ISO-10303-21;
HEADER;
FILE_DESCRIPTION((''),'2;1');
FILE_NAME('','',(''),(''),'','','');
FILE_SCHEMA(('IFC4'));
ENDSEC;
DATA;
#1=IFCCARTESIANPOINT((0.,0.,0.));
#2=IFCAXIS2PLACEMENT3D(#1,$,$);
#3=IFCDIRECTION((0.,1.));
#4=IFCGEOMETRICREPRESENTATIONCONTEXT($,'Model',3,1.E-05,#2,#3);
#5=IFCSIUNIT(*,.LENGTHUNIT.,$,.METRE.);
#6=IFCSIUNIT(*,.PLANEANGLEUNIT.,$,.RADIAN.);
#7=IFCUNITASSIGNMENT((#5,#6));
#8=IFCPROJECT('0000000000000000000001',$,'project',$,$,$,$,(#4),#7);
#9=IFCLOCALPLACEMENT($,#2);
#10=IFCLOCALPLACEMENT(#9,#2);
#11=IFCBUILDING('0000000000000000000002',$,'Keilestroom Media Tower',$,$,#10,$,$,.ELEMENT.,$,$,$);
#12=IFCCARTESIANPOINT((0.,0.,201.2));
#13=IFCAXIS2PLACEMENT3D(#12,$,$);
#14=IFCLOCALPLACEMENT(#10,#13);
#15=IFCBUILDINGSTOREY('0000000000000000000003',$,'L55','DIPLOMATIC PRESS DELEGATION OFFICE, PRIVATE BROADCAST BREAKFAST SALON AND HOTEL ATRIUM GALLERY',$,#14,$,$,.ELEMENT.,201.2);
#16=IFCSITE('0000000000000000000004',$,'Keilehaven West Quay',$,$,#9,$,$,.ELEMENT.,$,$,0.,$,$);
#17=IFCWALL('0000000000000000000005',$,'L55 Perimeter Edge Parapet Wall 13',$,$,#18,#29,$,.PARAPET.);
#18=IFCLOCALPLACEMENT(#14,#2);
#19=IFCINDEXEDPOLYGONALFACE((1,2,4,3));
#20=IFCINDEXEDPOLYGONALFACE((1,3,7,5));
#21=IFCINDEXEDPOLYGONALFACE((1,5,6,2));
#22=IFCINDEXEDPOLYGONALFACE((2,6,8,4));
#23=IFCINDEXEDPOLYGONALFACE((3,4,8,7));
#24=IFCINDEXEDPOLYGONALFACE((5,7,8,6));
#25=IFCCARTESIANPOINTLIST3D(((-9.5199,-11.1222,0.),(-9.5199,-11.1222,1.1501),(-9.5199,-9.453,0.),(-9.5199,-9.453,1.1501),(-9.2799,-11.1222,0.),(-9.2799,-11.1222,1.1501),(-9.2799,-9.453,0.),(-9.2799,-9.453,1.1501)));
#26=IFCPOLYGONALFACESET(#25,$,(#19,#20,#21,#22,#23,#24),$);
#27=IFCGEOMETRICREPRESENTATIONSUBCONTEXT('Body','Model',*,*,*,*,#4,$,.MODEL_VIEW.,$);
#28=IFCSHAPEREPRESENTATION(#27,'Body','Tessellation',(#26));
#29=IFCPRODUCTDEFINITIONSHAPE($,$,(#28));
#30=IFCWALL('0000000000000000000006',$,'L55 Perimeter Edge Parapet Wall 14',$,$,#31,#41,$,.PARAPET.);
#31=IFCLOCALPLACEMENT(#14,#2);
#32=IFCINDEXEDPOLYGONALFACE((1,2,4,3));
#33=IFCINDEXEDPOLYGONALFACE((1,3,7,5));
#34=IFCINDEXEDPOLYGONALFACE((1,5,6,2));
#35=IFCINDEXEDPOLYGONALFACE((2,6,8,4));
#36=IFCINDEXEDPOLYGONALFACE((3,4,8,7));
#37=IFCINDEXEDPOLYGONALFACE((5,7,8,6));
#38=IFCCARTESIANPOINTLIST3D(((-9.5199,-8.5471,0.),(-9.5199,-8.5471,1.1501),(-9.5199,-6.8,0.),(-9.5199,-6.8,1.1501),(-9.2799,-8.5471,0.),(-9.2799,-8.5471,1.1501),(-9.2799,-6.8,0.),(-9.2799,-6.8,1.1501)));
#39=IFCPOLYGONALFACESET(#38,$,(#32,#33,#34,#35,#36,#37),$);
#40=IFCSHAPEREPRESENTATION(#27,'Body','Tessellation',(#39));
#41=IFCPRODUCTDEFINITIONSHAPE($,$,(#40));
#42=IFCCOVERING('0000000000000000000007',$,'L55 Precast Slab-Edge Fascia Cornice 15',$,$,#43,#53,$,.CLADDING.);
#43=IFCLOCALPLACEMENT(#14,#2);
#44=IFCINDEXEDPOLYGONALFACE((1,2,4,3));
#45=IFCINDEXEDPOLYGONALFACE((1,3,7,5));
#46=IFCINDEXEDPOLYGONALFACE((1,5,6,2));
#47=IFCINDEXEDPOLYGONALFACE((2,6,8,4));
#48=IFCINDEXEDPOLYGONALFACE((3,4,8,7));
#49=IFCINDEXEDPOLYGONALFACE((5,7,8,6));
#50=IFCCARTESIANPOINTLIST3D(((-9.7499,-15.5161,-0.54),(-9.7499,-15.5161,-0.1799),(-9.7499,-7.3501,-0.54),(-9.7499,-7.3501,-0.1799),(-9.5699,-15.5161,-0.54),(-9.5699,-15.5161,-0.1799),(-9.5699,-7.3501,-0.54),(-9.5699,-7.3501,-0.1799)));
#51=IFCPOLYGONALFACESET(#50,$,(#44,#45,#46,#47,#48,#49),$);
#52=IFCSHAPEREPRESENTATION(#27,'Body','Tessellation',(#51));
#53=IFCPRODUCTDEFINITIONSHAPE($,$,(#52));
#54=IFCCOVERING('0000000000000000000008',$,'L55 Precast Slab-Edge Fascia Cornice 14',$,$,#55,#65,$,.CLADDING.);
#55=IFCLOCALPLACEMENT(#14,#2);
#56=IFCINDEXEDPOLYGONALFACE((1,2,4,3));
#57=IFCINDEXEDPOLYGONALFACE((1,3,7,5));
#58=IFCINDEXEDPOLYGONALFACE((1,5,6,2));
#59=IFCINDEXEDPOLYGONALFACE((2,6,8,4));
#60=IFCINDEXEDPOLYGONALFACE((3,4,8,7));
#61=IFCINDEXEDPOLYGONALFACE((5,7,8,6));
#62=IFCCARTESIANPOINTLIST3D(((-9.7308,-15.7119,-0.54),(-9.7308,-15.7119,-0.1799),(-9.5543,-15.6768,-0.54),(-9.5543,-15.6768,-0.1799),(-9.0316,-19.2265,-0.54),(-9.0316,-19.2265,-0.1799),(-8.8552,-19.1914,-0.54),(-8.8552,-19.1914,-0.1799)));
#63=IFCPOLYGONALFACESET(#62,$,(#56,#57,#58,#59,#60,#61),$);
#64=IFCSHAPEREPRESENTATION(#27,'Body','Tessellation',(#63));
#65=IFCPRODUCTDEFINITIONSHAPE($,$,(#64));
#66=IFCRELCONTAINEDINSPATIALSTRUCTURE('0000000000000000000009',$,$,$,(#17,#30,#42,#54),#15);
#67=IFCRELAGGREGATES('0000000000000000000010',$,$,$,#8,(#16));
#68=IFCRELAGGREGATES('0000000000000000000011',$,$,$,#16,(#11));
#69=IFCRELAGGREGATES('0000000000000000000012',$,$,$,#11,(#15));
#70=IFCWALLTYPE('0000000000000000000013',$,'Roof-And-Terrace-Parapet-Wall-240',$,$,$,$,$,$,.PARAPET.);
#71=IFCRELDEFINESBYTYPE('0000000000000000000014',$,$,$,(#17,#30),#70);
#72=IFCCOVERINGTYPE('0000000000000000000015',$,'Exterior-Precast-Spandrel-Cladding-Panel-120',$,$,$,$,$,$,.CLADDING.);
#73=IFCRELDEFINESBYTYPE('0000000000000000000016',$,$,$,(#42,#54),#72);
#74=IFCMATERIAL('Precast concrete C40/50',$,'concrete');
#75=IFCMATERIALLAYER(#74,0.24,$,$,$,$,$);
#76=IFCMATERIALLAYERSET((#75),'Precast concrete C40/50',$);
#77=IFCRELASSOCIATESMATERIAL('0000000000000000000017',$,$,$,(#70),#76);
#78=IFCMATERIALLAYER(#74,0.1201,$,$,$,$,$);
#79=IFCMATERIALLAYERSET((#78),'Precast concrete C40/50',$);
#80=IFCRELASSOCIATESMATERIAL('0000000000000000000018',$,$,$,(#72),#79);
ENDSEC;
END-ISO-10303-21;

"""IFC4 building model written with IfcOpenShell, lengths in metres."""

from ifc_helpers import new_model, si_unit, direction, frame, frame_2d, origin, origin_2d, place, context, subcontext, project, spatial, rectangle, extrude, source, transform, mapped, material, layer, layer_set, type_object, element, save


model = new_model("IFC4")

# Units and contexts
model_context = context("Model", 3, precision=1e-05, world=origin(), true_north=direction((0.0, 1.0)))
body_context = subcontext(model_context, "Body", "Model", "MODEL_VIEW")
ifc_project = project(units=[si_unit("LENGTHUNIT", "METRE"), si_unit("PLANEANGLEUNIT", "RADIAN")], contexts=[model_context])

# Site, building, storey
site_placement = place(None, origin())
site = spatial("IfcSite", under=ifc_project, at=site_placement, Name="Keilehaven West Quay", CompositionType="ELEMENT", RefElevation=0.0)
building_placement = place(site_placement, origin())
building = spatial("IfcBuilding", under=site, at=building_placement, Name="Keilestroom Media Tower", CompositionType="ELEMENT")
storey_placement = place(building_placement, frame((0.0, 0.0, 201.2)))
storey = spatial("IfcBuildingStorey", under=building, at=storey_placement, Name="L55", Description="DIPLOMATIC PRESS DELEGATION OFFICE, PRIVATE BROADCAST BREAKFAST SALON AND HOTEL ATRIUM GALLERY", CompositionType="ELEMENT", Elevation=201.2)

# Shared definitions
ifc_material_1 = material(Name="Precast concrete C40/50", Category="concrete")

# Walls
ifc_layer_1 = layer(ifc_material_1, 0.24)
ifc_layer_set_1 = layer_set([ifc_layer_1], Name="Precast concrete C40/50")
wall_type_1 = type_object("IfcWallType", Name="Roof-And-Terrace-Parapet-Wall-240", PredefinedType="PARAPET", material=ifc_layer_set_1)
wall_1_placement = place(storey_placement, frame((-9.3999, -11.1221, 0.0), z_axis=(0.0, 0.0, 1.0), x_axis=(0.0, 1.0, 0.0)))
element("IfcWall", 1, at=wall_1_placement, inside=storey, type_object=wall_type_1, Name="L55 Perimeter Edge Parapet Wall 13", PredefinedType="PARAPET", context=body_context, shape_type="SweptSolid", body=[
    extrude(rectangle(XDim=1.6692, YDim=0.24, at=frame_2d((0.8345, 0.0))), origin(), (0.0, 0.0, 1.0), 1.1501),
])
wall_2_placement = place(storey_placement, frame((-9.3999, -8.5471, 0.0), z_axis=(0.0, 0.0, 1.0), x_axis=(0.0, 1.0, 0.0)))
element("IfcWall", 2, at=wall_2_placement, inside=storey, type_object=wall_type_1, Name="L55 Perimeter Edge Parapet Wall 14", PredefinedType="PARAPET", context=body_context, shape_type="SweptSolid", body=[
    extrude(rectangle(XDim=1.7471, YDim=0.24, at=frame_2d((0.8735, 0.0))), origin(), (0.0, 0.0, 1.0), 1.1501),
])

# Coverings
ifc_layer_2 = layer(ifc_material_1, 0.1201)
ifc_layer_set_2 = layer_set([ifc_layer_2], Name="Precast concrete C40/50")
covering_type = type_object("IfcCoveringType", Name="Exterior-Precast-Spandrel-Cladding-Panel-120", PredefinedType="CLADDING", material=ifc_layer_set_2)
shared_shape_1 = source(origin(), body_context, "Body", "SweptSolid", [
    extrude(rectangle(XDim=8.166, YDim=0.1799, at=origin_2d()), origin(), (0.0, 0.0, 1.0), 0.3601),
])
covering_1_placement = place(storey_placement, frame((-9.6599, -11.4331, -0.54), z_axis=(0.0, 0.0, 1.0), x_axis=(0.0, 1.0, 0.0)))
element("IfcCovering", 3, at=covering_1_placement, inside=storey, type_object=covering_type, Name="L55 Precast Slab-Edge Fascia Cornice 15", PredefinedType="CLADDING", context=body_context, shape_type="MappedRepresentation", body=[
    mapped(shared_shape_1, transform((0.0, 0.0, 0.0), x_axis=(1.0, 0.0, 0.0), y_axis=(0.0, 1.0, 0.0), z_axis=(0.0, 0.0, 1.0), scale=1.0)),
])
shared_shape_2 = source(origin(), body_context, "Body", "SweptSolid", [
    extrude(rectangle(XDim=3.5835, YDim=0.1799, at=origin_2d()), origin(), (0.0, 0.0, 1.0), 0.3601),
])
covering_2_placement = place(storey_placement, frame((-9.293, -17.4517, -0.54), z_axis=(0.0, 0.0, 1.0), x_axis=(-0.195099, 0.980784, 0.0)))
element("IfcCovering", 4, at=covering_2_placement, inside=storey, type_object=covering_type, Name="L55 Precast Slab-Edge Fascia Cornice 14", PredefinedType="CLADDING", context=body_context, shape_type="MappedRepresentation", body=[
    mapped(shared_shape_2, transform((0.0, 0.0, 0.0), x_axis=(1.0, 0.0, 0.0), y_axis=(0.0, 1.0, 0.0), z_axis=(0.0, 0.0, 1.0), scale=1.0)),
])

save(model, "model.ifc")
